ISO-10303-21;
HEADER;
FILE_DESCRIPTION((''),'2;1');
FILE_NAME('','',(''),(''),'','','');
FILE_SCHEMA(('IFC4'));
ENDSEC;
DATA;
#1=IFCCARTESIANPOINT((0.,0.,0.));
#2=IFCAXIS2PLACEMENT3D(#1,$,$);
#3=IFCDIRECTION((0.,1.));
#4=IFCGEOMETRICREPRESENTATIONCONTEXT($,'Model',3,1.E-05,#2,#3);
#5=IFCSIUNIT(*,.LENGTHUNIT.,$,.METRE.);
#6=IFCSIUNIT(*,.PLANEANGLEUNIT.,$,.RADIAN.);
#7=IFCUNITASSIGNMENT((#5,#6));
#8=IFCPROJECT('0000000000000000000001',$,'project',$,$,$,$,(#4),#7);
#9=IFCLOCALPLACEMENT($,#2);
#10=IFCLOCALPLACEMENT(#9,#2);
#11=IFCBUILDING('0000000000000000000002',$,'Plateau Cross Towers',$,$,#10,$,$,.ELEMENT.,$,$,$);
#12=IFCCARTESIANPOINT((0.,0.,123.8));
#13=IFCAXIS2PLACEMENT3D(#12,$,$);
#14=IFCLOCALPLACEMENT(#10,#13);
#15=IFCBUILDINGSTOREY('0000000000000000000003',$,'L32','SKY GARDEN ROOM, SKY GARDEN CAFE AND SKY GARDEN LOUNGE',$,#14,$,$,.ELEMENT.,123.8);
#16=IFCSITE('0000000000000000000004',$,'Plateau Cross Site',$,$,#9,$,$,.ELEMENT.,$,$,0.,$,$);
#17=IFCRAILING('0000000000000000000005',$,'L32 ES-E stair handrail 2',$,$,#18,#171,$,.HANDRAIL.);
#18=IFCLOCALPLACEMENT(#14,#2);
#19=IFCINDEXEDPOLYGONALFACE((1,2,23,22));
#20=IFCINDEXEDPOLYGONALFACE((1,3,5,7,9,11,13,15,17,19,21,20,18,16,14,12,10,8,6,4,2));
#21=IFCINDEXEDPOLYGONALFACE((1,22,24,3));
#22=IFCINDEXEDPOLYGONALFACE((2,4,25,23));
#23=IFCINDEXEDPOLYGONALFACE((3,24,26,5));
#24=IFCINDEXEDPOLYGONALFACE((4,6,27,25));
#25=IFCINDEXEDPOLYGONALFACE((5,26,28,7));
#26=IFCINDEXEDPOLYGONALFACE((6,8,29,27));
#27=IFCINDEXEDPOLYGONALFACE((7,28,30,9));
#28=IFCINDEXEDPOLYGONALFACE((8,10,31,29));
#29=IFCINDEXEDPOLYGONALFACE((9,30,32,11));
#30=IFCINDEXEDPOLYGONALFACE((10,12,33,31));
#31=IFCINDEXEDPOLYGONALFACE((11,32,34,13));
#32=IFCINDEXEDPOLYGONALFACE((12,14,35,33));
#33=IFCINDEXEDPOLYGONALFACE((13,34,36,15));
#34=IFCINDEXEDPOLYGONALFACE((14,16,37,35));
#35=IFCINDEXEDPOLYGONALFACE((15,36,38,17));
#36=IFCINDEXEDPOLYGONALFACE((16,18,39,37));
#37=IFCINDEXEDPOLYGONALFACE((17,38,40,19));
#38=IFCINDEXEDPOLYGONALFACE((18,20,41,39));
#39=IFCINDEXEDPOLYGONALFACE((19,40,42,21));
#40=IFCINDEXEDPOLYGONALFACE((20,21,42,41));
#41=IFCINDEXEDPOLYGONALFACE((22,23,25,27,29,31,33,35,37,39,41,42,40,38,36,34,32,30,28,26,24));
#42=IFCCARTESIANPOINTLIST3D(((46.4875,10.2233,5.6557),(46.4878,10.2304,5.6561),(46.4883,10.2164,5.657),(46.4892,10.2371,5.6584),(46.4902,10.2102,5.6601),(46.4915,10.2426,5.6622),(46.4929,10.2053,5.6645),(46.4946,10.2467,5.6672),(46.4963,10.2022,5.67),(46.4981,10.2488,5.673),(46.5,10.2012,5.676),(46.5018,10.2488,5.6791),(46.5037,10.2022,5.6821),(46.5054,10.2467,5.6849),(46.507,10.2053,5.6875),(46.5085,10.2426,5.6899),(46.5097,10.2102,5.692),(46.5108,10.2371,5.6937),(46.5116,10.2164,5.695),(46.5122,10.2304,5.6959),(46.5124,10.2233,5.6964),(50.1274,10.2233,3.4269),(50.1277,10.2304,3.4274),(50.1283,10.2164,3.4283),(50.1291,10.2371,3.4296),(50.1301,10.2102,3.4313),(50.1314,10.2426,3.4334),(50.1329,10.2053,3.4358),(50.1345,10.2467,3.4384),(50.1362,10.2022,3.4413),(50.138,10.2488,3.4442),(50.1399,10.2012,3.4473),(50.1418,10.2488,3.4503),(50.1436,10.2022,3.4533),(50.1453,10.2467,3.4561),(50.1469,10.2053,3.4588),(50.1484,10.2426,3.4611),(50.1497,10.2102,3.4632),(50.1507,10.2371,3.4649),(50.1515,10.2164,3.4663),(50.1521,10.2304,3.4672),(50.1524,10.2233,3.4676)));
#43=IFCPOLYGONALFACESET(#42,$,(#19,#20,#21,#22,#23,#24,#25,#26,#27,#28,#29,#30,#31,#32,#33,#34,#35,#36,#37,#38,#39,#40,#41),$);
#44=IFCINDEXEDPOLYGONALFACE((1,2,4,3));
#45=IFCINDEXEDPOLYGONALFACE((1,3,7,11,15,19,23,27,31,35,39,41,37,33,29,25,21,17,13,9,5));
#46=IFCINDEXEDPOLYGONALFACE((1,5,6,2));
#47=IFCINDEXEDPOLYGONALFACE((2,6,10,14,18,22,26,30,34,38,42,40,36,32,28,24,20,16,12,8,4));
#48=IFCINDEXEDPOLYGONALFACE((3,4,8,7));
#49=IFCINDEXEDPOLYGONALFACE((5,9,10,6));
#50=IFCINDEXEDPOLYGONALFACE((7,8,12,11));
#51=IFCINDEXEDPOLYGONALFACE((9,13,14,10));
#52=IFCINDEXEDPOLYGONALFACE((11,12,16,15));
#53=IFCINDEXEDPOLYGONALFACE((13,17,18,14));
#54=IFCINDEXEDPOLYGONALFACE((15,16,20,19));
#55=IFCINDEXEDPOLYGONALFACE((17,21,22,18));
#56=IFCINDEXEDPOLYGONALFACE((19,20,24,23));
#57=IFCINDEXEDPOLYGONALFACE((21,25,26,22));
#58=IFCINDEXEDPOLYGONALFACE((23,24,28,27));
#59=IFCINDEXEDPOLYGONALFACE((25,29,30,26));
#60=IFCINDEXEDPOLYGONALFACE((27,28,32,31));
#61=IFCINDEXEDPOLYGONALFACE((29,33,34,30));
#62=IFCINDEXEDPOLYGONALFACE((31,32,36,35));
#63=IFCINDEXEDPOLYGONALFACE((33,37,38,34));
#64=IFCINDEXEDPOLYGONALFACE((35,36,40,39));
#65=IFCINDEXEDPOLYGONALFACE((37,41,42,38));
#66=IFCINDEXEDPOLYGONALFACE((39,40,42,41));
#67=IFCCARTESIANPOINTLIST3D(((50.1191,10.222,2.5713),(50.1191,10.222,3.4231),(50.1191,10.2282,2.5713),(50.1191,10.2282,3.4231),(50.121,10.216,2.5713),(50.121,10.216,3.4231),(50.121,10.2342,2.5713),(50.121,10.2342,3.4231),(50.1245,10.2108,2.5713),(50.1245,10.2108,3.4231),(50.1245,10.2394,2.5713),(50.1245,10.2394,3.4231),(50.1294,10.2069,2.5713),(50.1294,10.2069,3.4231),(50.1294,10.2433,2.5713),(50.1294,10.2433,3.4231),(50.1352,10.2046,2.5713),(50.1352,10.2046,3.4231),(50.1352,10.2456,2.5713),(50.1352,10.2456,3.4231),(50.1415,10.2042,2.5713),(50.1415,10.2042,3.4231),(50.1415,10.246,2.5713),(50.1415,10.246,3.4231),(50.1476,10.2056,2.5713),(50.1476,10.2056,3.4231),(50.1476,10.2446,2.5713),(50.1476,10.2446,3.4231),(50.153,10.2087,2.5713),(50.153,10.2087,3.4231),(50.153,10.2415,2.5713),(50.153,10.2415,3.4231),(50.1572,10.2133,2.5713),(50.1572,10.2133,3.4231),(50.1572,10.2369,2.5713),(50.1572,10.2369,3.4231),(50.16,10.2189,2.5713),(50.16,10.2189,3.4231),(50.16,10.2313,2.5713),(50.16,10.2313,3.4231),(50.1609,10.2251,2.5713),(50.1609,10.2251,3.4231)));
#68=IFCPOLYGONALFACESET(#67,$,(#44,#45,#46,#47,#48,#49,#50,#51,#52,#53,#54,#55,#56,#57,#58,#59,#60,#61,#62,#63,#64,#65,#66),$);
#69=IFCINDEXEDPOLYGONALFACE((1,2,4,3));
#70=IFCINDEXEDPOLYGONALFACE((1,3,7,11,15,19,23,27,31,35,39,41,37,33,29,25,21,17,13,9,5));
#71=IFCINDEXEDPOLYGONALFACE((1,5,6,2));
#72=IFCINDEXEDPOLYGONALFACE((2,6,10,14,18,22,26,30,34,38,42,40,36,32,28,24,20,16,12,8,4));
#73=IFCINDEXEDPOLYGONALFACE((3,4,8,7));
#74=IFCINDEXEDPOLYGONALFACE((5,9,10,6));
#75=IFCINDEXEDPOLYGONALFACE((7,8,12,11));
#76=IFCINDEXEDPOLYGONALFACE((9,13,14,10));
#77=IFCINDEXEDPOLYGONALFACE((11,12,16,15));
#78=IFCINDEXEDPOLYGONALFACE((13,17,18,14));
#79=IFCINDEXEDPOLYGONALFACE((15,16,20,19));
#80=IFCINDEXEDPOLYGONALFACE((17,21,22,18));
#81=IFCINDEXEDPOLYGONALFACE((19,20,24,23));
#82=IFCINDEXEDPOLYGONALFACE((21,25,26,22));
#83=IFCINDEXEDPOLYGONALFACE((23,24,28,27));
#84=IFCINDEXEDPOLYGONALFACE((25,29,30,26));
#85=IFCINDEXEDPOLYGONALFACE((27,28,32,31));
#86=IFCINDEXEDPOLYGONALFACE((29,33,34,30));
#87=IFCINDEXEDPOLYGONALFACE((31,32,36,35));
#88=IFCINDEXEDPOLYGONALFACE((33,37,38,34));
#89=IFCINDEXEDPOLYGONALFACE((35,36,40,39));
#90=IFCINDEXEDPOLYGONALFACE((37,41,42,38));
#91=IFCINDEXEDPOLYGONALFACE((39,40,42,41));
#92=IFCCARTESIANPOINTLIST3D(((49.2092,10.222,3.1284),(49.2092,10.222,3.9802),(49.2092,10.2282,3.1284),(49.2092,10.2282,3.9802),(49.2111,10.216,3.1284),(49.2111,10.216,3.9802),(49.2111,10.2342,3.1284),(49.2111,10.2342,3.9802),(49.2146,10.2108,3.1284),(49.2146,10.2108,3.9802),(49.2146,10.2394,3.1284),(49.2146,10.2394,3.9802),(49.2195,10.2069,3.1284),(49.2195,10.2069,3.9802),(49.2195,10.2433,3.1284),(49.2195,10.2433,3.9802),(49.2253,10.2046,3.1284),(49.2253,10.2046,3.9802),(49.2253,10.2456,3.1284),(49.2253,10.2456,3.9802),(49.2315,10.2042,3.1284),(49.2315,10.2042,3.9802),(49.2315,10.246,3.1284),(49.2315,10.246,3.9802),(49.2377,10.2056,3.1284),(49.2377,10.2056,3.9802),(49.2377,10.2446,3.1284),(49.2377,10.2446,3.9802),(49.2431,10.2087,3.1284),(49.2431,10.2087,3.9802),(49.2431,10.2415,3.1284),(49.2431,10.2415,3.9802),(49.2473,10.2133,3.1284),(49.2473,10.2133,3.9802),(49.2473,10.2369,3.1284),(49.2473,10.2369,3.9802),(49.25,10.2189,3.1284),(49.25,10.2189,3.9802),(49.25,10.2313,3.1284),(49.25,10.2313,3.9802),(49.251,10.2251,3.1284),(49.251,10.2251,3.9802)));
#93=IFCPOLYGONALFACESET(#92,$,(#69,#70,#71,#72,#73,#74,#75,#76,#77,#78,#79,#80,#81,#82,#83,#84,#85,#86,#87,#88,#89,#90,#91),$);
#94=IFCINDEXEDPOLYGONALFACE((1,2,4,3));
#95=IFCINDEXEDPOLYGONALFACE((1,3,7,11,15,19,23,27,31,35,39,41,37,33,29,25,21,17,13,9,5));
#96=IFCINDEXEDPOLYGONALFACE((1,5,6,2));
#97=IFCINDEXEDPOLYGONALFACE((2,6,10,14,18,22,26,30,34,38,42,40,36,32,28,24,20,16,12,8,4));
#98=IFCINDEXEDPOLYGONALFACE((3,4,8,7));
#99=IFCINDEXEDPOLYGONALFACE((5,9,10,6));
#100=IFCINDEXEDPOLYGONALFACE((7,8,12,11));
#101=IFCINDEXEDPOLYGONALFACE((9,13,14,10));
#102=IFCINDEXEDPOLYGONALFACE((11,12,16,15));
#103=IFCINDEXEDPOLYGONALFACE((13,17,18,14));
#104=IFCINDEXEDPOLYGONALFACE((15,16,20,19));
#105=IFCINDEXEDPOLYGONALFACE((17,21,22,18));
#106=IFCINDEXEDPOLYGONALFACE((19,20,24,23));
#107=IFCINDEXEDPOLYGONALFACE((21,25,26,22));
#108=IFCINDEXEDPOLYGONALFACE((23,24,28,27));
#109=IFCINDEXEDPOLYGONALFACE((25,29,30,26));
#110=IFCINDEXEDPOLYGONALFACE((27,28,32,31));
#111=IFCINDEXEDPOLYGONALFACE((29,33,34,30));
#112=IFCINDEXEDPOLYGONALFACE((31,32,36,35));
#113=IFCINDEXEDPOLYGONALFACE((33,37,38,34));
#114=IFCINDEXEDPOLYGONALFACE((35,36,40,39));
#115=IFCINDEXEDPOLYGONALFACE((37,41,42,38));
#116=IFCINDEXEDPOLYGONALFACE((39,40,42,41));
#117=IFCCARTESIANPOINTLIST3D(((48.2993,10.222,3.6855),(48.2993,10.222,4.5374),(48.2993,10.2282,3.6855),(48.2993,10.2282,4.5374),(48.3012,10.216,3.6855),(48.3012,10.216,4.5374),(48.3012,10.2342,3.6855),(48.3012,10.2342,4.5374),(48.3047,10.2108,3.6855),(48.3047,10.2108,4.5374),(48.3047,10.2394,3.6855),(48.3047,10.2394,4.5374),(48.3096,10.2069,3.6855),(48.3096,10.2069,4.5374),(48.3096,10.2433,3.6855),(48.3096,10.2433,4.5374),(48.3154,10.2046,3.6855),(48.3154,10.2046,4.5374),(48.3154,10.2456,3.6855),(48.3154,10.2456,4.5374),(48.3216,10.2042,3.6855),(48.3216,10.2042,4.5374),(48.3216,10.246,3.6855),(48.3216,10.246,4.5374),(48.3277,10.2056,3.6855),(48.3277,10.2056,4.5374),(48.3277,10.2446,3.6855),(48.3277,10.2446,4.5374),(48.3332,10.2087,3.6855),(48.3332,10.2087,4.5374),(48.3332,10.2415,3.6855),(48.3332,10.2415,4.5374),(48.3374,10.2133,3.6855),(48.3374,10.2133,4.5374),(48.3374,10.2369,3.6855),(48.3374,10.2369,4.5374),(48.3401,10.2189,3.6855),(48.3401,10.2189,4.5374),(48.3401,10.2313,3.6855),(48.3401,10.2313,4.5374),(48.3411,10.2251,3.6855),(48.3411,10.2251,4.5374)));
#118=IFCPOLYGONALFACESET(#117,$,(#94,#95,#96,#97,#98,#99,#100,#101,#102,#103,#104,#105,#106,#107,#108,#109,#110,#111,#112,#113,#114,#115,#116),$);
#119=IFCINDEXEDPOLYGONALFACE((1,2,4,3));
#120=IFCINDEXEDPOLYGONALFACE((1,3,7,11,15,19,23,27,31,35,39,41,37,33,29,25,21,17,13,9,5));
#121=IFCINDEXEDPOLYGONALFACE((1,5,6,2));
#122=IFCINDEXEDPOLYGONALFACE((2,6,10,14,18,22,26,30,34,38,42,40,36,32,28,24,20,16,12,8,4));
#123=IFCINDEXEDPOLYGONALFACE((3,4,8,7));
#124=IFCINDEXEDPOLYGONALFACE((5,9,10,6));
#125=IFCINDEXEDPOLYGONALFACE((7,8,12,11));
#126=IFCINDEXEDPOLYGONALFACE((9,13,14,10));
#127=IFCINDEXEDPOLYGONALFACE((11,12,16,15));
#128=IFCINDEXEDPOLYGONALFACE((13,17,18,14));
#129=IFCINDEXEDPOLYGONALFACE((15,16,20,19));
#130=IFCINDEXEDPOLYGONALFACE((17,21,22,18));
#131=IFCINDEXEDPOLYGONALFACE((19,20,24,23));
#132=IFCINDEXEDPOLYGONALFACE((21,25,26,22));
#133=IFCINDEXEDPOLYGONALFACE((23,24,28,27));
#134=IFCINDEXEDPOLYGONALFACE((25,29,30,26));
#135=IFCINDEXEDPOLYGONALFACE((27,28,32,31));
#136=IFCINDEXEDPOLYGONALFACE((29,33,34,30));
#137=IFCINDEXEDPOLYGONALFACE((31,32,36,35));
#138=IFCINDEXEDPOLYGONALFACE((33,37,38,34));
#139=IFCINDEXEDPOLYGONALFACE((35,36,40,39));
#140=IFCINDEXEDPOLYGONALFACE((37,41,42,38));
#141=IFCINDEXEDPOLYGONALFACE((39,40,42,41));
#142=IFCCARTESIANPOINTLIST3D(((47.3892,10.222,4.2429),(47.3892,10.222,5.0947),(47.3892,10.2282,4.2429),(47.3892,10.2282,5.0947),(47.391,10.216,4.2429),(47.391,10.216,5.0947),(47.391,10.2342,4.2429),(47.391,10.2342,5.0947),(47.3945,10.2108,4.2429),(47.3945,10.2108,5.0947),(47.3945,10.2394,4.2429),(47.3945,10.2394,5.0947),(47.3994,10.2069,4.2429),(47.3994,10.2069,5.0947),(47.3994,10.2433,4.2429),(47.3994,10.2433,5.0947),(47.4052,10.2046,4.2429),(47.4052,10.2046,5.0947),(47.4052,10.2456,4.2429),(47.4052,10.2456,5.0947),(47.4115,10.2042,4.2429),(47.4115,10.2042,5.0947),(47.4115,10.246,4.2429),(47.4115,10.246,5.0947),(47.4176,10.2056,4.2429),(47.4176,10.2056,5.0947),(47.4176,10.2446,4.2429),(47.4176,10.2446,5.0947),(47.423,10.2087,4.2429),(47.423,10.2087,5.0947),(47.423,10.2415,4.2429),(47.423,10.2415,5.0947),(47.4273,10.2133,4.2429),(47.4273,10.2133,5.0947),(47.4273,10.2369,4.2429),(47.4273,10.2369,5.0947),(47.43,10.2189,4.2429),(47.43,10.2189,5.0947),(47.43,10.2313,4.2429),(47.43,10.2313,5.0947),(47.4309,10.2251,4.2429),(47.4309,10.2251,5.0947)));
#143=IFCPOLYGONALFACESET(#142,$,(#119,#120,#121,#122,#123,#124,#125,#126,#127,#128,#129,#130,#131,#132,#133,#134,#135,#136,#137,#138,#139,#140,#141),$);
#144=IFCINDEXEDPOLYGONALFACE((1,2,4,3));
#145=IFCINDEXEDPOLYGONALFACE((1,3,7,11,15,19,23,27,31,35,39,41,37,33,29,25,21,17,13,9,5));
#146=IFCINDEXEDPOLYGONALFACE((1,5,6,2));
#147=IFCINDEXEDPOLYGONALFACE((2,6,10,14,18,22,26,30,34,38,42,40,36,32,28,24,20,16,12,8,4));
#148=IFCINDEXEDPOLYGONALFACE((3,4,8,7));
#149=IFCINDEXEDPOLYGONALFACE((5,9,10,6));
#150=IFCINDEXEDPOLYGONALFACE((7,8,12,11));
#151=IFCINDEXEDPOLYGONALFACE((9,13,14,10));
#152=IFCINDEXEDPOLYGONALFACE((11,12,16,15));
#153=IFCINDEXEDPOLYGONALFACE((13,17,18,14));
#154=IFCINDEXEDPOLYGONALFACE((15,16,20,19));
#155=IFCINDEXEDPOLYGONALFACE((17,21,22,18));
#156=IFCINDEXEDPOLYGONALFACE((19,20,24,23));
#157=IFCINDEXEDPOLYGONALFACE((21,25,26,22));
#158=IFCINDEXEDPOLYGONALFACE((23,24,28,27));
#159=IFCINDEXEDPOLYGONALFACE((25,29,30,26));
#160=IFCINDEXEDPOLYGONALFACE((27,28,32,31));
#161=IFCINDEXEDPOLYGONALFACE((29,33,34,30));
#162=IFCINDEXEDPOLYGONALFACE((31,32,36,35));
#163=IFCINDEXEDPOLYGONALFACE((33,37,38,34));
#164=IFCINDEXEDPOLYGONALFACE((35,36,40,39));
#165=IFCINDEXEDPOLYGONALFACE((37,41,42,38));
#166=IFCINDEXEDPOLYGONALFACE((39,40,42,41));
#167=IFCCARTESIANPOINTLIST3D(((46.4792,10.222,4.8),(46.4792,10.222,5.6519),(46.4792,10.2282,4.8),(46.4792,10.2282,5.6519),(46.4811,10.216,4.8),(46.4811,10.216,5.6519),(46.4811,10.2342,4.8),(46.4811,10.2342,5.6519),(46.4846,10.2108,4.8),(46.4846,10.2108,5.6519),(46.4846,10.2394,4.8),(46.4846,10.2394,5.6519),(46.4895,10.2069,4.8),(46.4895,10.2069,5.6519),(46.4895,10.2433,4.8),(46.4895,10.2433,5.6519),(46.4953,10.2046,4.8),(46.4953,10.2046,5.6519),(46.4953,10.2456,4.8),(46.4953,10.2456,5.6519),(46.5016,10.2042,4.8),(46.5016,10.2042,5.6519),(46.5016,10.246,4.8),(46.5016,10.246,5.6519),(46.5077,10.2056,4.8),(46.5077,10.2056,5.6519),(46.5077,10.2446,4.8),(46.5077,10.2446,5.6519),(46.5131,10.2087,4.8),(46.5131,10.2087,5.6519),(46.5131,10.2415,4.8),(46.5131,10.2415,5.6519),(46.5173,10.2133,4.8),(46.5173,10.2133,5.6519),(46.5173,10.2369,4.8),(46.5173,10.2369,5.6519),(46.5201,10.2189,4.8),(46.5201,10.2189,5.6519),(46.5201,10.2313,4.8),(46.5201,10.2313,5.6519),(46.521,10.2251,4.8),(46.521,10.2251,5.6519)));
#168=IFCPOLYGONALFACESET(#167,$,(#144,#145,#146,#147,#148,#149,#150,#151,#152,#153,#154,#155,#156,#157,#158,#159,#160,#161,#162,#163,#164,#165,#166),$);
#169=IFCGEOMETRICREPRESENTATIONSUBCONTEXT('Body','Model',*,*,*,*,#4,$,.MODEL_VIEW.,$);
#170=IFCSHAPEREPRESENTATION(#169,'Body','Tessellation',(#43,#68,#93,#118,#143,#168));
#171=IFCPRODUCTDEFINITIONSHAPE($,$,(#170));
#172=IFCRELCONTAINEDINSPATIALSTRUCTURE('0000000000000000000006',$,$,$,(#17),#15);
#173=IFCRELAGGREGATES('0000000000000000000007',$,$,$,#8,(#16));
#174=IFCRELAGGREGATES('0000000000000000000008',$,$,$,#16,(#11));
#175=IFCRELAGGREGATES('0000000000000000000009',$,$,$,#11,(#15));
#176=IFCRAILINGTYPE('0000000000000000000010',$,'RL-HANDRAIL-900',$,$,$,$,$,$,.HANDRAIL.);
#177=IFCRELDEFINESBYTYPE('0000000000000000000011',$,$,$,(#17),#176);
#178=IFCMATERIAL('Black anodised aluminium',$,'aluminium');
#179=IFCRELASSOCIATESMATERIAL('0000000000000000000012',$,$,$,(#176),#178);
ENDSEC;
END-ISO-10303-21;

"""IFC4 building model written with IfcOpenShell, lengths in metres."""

from ifc_helpers import new_model, si_unit, direction, frame, origin, origin_2d, place, context, subcontext, project, spatial, circle, extrude, material, type_object, element, save


model = new_model("IFC4")

# Units and contexts
model_context = context("Model", 3, precision=1e-05, world=origin(), true_north=direction((0.0, 1.0)))
body_context = subcontext(model_context, "Body", "Model", "MODEL_VIEW")
ifc_project = project(units=[si_unit("LENGTHUNIT", "METRE"), si_unit("PLANEANGLEUNIT", "RADIAN")], contexts=[model_context])

# Site, building, storey
site_placement = place(None, origin())
site = spatial("IfcSite", under=ifc_project, at=site_placement, Name="Plateau Cross Site", CompositionType="ELEMENT", RefElevation=0.0)
building_placement = place(site_placement, origin())
building = spatial("IfcBuilding", under=site, at=building_placement, Name="Plateau Cross Towers", CompositionType="ELEMENT")
storey_placement = place(building_placement, frame((0.0, 0.0, 123.8)))
storey = spatial("IfcBuildingStorey", under=building, at=storey_placement, Name="L32", Description="SKY GARDEN ROOM, SKY GARDEN CAFE AND SKY GARDEN LOUNGE", CompositionType="ELEMENT", Elevation=123.8)

# Shared definitions
ifc_material_1 = material(Name="Black anodised aluminium", Category="aluminium")

# Railing
railing_type_1 = type_object("IfcRailingType", Name="RL-HANDRAIL-900", PredefinedType="HANDRAIL", material=ifc_material_1)
railing_1_placement = place(storey_placement, frame((50.1399, 10.2251, 2.5713)))
element("IfcRailing", 1, at=railing_1_placement, inside=storey, type_object=railing_type_1, Name="L32 ES-E stair handrail 2", PredefinedType="HANDRAIL", context=body_context, shape_type="SweptSolid", body=[
    extrude(circle(Radius=0.0239, at=origin_2d()), frame((0.0, 0.0, 0.876), z_axis=(-0.852825, 0.0, 0.522197), x_axis=(0.0, -1.0, 0.0)), (0.0, 0.0, 1.0), 4.2681),
    extrude(circle(Radius=0.021, at=origin_2d()), origin(), (0.0, 0.0, 1.0), 0.8518),
    extrude(circle(Radius=0.021, at=origin_2d()), frame((-0.9099, 0.0, 0.5571)), (0.0, 0.0, 1.0), 0.8518),
    extrude(circle(Radius=0.021, at=origin_2d()), frame((-1.8198, 0.0, 1.1143)), (0.0, 0.0, 1.0), 0.8518),
    extrude(circle(Radius=0.021, at=origin_2d()), frame((-2.73, 0.0, 1.6716)), (0.0, 0.0, 1.0), 0.8518),
    extrude(circle(Radius=0.021, at=origin_2d()), frame((-3.6399, 0.0, 2.2288)), (0.0, 0.0, 1.0), 0.8518),
])

save(model, "model.ifc")
